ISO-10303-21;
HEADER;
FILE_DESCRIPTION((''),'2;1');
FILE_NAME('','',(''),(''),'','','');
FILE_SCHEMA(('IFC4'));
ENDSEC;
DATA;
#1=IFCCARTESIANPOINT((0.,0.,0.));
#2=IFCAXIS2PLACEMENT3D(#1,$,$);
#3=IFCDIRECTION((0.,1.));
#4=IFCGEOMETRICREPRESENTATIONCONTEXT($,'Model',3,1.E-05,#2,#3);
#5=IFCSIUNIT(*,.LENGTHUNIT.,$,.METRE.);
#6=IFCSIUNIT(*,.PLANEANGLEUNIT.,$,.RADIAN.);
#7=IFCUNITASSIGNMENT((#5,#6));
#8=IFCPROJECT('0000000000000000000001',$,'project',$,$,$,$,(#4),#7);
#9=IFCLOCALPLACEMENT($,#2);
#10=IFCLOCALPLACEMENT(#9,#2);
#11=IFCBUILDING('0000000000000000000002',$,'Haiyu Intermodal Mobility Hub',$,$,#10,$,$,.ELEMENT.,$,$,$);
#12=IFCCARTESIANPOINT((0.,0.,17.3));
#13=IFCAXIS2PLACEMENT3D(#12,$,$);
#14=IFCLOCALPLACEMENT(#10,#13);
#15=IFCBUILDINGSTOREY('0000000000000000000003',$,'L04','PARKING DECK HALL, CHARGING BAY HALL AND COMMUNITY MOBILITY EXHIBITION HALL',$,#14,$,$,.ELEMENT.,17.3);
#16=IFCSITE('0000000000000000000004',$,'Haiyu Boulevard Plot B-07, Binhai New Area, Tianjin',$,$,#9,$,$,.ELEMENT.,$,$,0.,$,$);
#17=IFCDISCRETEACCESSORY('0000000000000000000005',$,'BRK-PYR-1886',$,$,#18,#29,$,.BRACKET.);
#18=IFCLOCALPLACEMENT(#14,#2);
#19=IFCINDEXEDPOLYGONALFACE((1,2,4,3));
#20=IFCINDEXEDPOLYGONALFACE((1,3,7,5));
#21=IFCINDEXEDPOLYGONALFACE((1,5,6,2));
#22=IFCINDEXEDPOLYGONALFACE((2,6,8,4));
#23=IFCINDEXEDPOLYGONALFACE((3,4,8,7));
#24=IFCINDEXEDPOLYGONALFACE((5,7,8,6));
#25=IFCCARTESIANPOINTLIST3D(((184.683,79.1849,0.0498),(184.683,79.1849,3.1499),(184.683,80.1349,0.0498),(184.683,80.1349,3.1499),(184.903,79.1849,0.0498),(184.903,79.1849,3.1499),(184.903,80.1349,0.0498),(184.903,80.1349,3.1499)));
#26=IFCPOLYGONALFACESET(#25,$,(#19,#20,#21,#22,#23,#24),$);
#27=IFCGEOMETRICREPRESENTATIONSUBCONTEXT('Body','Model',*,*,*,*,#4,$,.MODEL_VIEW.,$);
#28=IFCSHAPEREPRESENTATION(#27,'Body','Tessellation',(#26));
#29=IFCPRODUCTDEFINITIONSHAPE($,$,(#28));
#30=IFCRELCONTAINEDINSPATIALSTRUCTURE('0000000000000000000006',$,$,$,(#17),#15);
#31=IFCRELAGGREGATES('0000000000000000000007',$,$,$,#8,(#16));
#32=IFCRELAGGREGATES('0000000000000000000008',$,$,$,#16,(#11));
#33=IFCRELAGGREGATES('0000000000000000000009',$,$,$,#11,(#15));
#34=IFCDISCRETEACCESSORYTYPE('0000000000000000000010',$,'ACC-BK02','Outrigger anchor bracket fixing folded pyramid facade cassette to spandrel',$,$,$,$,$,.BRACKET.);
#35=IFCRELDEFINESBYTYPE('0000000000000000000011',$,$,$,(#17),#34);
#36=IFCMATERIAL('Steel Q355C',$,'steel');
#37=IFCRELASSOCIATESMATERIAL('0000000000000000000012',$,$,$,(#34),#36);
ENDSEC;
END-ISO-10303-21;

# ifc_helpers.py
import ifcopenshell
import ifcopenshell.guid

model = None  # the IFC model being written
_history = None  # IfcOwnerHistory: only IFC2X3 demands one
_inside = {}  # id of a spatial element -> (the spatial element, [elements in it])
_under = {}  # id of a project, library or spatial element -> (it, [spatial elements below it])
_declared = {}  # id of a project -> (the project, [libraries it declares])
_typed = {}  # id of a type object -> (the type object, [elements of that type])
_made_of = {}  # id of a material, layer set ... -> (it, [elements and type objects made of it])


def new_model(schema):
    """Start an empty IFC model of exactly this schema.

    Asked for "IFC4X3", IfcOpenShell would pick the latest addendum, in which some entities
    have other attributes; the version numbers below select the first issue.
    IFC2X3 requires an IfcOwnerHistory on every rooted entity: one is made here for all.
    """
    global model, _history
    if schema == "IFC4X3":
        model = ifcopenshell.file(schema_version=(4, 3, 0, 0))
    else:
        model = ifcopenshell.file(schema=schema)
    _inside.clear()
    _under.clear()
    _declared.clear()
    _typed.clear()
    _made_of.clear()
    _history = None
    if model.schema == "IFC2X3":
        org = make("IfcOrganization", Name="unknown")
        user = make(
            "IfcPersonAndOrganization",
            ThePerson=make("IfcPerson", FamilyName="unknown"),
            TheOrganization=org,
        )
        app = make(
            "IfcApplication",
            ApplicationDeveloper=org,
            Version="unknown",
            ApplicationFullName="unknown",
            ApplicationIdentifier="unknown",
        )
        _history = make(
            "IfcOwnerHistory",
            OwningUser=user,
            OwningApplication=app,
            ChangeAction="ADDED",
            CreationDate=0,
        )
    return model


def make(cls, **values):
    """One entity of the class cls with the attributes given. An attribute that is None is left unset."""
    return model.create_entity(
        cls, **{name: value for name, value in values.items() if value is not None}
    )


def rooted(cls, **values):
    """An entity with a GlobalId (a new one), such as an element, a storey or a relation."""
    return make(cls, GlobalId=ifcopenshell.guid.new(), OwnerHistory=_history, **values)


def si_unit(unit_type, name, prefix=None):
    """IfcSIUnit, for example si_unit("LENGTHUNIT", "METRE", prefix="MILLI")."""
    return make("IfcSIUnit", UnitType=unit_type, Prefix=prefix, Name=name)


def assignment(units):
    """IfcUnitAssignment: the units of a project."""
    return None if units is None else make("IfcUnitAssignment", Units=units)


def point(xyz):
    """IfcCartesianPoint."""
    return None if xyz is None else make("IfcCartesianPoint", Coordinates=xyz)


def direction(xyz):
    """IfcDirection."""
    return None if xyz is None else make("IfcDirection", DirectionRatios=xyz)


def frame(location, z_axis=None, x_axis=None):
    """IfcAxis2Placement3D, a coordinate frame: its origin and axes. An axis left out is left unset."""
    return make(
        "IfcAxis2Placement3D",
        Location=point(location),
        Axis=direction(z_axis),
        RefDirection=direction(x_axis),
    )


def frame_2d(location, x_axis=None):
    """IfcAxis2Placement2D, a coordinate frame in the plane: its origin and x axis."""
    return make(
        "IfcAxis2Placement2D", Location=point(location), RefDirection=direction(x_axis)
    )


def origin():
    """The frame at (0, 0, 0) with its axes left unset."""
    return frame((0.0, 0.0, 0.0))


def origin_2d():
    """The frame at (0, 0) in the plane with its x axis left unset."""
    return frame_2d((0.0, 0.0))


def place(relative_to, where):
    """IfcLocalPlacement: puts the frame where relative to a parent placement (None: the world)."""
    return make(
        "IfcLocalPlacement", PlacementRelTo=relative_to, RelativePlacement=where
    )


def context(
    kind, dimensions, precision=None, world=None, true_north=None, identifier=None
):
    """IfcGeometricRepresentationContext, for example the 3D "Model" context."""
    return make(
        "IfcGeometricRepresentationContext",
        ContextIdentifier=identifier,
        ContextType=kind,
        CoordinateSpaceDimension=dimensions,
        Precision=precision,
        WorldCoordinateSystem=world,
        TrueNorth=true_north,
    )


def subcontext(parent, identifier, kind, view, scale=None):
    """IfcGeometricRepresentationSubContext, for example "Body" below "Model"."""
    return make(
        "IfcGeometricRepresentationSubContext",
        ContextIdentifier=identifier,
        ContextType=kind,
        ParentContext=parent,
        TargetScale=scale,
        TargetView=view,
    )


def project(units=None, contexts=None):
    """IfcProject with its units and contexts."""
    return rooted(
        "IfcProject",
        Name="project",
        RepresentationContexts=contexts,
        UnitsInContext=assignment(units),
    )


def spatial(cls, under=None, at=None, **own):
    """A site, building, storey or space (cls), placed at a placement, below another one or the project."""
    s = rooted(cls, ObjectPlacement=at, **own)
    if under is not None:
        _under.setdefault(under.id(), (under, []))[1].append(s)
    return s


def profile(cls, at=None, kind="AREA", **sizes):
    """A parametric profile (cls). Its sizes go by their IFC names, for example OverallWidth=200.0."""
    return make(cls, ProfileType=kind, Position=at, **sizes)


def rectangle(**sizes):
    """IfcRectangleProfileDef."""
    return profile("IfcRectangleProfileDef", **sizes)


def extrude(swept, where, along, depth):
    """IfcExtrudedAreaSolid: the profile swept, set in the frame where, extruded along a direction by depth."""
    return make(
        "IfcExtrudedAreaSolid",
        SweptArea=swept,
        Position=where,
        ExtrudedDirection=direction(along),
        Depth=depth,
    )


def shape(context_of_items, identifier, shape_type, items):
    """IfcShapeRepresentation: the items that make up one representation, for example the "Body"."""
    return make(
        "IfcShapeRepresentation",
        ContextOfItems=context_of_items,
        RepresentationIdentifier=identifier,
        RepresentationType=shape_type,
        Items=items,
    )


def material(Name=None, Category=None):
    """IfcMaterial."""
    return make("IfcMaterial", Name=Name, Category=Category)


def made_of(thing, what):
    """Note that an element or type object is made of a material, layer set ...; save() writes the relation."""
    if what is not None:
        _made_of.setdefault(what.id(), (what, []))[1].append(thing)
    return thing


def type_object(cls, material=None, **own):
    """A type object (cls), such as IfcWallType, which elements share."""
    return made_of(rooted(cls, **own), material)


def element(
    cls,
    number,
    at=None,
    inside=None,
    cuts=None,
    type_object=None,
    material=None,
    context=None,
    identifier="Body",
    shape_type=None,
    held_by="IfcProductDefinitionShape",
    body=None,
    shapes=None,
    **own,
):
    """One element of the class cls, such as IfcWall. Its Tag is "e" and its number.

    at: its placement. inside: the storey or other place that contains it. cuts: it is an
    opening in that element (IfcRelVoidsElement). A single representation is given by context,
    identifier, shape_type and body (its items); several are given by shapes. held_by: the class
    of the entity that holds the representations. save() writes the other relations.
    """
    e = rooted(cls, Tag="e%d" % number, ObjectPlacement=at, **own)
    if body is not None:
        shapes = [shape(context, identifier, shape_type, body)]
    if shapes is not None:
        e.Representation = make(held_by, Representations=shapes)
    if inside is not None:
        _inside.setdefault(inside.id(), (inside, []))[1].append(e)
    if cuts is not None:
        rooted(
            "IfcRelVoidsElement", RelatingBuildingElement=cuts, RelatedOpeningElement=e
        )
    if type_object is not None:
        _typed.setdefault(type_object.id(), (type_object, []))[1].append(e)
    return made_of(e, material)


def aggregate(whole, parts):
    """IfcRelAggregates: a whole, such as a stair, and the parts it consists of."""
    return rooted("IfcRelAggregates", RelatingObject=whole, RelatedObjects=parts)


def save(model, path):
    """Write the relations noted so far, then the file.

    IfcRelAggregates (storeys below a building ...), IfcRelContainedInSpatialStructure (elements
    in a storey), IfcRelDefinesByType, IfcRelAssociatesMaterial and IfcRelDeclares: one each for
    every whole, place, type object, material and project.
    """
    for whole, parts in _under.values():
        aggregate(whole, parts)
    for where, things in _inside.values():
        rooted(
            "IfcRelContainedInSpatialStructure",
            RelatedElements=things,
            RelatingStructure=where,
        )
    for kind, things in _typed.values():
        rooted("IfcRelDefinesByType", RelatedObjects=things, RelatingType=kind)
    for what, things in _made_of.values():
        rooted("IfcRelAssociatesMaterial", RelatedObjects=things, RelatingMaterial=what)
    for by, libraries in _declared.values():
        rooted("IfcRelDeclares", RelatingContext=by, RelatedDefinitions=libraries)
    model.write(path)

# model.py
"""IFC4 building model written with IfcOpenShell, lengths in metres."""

from ifc_helpers import new_model, si_unit, direction, frame, origin, origin_2d, place, context, subcontext, project, spatial, rectangle, extrude, material, type_object, element, save


model = new_model("IFC4")

# Units and contexts
model_context = context("Model", 3, precision=1e-05, world=origin(), true_north=direction((0.0, 1.0)))
body_context = subcontext(model_context, "Body", "Model", "MODEL_VIEW")
ifc_project = project(units=[si_unit("LENGTHUNIT", "METRE"), si_unit("PLANEANGLEUNIT", "RADIAN")], contexts=[model_context])

# Site, building, storey
site_placement = place(None, origin())
site = spatial("IfcSite", under=ifc_project, at=site_placement, Name="Haiyu Boulevard Plot B-07, Binhai New Area, Tianjin", CompositionType="ELEMENT", RefElevation=0.0)
building_placement = place(site_placement, origin())
building = spatial("IfcBuilding", under=site, at=building_placement, Name="Haiyu Intermodal Mobility Hub", CompositionType="ELEMENT")
storey_placement = place(building_placement, frame((0.0, 0.0, 17.3)))
storey = spatial("IfcBuildingStorey", under=building, at=storey_placement, Name="L04", Description="PARKING DECK HALL, CHARGING BAY HALL AND COMMUNITY MOBILITY EXHIBITION HALL", CompositionType="ELEMENT", Elevation=17.3)

# Shared definitions
ifc_material_1 = material(Name="Steel Q355C", Category="steel")

# Discrete accessory
discrete_accessory_type = type_object("IfcDiscreteAccessoryType", Name="ACC-BK02", Description="Outrigger anchor bracket fixing folded pyramid facade cassette to spandrel", PredefinedType="BRACKET", material=ifc_material_1)
for number, where, z_axis, x_axis, name in (
    (1, (184.793, 79.6599, 0.0498), (0.0, 0.0, 1.0), (1.0, 0.0, 0.0), "BRK-PYR-1886"),
):
    element("IfcDiscreteAccessory", number, at=place(storey_placement, frame(where, z_axis=z_axis, x_axis=x_axis)), inside=storey, type_object=discrete_accessory_type, Name=name, PredefinedType="BRACKET", context=body_context, shape_type="SweptSolid", body=[
        extrude(rectangle(XDim=0.22, YDim=0.95, at=origin_2d()), origin(), (0.0, 0.0, 1.0), 3.1001),
    ])

save(model, "model.ifc")
